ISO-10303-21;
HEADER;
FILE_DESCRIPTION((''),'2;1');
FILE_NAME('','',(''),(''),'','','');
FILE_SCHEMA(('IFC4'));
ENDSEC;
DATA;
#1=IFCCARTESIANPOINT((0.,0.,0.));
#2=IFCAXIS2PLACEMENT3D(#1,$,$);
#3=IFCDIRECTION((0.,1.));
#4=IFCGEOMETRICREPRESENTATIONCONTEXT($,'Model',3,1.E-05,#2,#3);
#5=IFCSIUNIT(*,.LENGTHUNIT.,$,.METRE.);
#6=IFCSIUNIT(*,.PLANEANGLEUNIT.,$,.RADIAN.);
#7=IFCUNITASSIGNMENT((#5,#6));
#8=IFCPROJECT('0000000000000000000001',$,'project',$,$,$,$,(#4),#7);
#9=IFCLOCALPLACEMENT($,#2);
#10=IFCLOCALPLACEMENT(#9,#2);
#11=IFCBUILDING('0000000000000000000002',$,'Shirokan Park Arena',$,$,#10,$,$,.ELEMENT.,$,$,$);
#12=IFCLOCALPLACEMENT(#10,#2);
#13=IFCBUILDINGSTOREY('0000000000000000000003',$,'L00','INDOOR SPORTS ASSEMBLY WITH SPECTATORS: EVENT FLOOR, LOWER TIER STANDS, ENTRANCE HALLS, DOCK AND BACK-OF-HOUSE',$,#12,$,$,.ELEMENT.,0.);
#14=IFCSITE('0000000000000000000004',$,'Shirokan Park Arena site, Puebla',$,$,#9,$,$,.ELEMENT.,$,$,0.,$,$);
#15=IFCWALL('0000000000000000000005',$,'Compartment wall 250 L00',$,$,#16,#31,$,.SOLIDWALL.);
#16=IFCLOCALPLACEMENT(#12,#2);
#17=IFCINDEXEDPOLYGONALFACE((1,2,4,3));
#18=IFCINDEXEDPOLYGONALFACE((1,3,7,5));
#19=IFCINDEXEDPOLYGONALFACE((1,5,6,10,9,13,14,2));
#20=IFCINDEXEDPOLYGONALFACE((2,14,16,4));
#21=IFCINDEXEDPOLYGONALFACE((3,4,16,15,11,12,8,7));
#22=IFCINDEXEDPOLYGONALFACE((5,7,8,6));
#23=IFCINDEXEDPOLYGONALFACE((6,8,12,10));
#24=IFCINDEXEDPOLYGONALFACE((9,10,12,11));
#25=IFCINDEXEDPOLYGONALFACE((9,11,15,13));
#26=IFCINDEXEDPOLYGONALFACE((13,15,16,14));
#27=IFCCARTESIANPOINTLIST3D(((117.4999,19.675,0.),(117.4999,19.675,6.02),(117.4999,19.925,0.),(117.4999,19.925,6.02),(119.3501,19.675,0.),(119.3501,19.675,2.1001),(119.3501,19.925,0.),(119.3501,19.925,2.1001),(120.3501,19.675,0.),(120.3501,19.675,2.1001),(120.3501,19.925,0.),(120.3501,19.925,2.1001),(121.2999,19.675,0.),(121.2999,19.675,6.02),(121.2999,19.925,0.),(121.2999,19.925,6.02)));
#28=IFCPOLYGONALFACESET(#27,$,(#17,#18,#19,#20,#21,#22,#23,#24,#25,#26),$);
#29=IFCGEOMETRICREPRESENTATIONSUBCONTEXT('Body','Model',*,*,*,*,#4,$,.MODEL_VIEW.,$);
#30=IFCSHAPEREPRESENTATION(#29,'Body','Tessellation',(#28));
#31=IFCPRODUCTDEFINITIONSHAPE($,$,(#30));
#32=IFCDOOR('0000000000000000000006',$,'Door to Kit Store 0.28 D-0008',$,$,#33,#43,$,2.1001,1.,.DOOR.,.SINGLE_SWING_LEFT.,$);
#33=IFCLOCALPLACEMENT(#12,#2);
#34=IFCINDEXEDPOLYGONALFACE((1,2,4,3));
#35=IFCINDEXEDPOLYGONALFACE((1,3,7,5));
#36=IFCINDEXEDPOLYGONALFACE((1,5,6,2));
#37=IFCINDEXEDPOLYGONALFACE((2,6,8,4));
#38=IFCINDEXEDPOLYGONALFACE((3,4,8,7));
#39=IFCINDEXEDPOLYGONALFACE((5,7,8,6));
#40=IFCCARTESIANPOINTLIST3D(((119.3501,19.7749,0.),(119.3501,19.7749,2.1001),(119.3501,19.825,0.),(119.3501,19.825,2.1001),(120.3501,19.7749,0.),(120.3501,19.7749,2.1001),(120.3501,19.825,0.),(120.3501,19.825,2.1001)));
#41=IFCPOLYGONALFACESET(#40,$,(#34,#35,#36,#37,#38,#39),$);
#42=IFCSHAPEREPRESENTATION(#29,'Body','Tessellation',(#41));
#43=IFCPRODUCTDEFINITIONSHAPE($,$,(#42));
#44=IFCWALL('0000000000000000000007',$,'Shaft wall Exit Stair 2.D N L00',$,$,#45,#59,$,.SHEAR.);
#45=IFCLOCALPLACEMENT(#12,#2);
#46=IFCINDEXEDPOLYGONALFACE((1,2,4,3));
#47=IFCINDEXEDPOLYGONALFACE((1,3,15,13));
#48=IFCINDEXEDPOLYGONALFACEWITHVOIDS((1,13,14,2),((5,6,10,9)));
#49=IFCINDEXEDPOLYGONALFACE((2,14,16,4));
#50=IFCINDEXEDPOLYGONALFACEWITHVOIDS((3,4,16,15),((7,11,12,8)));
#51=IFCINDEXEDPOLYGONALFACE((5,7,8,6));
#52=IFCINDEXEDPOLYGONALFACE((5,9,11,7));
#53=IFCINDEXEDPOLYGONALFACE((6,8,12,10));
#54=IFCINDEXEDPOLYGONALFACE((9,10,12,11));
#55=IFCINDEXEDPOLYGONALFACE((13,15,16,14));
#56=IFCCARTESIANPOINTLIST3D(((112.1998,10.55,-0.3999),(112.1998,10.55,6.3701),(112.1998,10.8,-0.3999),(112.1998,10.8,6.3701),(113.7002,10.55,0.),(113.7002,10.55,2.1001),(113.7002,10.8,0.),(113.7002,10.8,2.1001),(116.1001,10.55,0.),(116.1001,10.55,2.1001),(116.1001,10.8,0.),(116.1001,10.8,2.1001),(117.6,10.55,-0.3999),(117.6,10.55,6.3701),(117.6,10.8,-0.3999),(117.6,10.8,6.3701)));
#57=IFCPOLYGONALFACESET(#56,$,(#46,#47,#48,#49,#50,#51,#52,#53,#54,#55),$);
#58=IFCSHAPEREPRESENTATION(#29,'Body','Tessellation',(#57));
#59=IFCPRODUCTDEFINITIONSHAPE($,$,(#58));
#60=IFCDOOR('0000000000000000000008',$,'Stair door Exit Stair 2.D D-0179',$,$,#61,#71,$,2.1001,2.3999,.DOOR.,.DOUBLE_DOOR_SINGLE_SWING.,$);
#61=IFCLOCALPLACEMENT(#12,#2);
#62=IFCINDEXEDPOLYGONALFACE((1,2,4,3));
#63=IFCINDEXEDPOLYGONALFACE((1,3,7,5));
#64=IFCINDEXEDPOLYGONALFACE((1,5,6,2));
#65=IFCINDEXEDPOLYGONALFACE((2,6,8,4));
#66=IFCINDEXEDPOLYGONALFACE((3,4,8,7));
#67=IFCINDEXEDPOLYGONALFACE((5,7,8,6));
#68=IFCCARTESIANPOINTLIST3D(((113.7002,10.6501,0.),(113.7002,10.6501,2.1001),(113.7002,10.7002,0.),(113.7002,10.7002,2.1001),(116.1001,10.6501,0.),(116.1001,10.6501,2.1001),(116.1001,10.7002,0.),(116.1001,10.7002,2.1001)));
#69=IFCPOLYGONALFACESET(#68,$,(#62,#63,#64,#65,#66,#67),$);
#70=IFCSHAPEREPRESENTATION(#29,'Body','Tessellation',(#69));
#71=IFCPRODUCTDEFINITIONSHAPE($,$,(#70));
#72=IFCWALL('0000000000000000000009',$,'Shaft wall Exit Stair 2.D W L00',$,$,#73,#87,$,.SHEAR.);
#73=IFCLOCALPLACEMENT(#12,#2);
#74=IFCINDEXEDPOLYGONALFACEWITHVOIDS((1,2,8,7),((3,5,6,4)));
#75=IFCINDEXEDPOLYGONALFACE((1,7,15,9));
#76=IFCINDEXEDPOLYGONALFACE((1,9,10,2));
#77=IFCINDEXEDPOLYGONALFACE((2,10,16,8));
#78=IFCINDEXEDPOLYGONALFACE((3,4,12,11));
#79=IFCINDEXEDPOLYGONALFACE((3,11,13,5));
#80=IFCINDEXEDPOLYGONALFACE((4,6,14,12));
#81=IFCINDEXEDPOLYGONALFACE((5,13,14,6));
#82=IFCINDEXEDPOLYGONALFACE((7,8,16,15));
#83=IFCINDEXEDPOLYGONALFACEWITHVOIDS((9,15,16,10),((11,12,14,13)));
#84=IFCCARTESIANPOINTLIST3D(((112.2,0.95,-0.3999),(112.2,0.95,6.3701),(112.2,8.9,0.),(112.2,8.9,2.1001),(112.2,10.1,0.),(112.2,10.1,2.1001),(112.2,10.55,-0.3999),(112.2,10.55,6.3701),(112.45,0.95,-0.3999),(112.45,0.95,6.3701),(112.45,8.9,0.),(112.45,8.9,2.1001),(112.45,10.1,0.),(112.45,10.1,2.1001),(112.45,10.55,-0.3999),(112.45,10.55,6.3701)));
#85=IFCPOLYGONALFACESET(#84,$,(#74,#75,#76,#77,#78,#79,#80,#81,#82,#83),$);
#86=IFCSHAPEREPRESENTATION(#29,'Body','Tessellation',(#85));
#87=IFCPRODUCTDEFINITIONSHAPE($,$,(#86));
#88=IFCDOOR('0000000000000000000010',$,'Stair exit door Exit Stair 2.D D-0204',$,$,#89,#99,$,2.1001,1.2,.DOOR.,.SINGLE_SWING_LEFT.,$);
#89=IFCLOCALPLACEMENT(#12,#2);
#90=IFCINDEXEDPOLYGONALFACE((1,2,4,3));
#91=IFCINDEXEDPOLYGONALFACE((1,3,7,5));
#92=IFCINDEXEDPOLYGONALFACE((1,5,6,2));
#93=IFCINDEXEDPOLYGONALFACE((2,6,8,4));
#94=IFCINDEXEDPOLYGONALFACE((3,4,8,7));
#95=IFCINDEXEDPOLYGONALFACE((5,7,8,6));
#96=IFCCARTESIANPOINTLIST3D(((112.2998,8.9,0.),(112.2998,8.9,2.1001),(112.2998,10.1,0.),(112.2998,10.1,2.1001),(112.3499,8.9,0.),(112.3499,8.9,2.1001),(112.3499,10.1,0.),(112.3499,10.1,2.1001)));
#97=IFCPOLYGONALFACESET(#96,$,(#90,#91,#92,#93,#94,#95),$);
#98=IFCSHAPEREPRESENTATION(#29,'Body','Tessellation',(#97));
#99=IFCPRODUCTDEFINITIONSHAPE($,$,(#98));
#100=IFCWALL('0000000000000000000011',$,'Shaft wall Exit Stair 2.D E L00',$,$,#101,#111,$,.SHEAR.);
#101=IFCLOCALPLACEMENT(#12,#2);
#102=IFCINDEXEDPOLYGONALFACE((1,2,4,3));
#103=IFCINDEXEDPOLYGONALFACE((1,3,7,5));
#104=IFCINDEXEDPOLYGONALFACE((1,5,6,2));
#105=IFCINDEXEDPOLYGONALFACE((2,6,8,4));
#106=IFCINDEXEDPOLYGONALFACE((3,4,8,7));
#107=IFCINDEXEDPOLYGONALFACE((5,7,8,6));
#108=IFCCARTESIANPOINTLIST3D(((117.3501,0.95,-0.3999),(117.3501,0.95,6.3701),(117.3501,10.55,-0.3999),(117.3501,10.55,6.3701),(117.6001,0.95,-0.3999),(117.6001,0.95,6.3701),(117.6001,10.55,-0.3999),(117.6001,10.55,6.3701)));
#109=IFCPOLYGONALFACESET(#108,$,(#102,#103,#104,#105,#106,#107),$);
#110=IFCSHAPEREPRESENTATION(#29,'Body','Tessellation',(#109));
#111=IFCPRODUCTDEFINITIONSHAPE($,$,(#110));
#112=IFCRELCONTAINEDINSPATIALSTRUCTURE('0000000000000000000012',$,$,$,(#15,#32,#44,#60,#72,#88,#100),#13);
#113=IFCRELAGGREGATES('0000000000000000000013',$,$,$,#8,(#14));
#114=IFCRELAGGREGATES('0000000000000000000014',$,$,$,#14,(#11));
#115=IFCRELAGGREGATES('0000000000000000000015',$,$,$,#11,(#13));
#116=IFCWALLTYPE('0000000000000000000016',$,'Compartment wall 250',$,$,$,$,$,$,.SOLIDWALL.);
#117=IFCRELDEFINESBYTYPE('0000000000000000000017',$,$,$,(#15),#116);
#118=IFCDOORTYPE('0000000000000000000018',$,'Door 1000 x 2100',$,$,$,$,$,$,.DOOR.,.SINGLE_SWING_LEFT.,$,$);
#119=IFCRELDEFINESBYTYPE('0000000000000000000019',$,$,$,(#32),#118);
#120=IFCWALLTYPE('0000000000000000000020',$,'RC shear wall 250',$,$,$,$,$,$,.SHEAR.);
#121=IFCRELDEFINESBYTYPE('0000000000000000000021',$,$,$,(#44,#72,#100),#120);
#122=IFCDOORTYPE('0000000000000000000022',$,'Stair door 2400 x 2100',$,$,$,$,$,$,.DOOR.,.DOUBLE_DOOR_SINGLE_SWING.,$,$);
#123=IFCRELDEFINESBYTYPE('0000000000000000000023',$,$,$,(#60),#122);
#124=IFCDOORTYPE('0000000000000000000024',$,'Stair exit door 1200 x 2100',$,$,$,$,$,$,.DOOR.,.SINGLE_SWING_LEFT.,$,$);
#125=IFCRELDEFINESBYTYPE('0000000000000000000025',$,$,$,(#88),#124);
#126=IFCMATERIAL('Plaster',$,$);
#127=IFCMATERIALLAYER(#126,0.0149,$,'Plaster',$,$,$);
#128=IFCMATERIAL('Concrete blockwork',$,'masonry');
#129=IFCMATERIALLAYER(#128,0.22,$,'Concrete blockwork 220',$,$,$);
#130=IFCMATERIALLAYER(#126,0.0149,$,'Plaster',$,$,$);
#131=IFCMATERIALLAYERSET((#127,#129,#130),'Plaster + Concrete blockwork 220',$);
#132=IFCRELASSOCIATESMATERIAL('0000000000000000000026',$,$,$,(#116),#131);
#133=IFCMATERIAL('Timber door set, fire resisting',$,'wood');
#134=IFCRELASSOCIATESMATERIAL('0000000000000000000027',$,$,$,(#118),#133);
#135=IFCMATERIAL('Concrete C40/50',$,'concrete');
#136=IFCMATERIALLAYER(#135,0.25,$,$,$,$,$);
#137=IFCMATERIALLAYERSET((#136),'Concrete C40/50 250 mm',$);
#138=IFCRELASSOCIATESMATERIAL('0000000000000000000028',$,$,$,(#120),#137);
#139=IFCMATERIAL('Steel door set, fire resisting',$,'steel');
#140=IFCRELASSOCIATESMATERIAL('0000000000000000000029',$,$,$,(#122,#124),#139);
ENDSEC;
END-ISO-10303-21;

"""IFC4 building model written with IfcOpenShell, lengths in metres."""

from ifc_helpers import new_model, si_unit, direction, frame, frame_2d, origin, place, context, subcontext, project, spatial, rectangle, extrude, material, layer, layer_set, type_object, element, fill, save


model = new_model("IFC4")

# Units and contexts
model_context = context("Model", 3, precision=1e-05, world=origin(), true_north=direction((0.0, 1.0)))
body_context = subcontext(model_context, "Body", "Model", "MODEL_VIEW")
ifc_project = project(units=[si_unit("LENGTHUNIT", "METRE"), si_unit("PLANEANGLEUNIT", "RADIAN")], contexts=[model_context])

# Site, building, storey
site_placement = place(None, origin())
site = spatial("IfcSite", under=ifc_project, at=site_placement, Name="Shirokan Park Arena site, Puebla", CompositionType="ELEMENT", RefElevation=0.0)
building_placement = place(site_placement, origin())
building = spatial("IfcBuilding", under=site, at=building_placement, Name="Shirokan Park Arena", CompositionType="ELEMENT")
storey_placement = place(building_placement, origin())
storey = spatial("IfcBuildingStorey", under=building, at=storey_placement, Name="L00", Description="INDOOR SPORTS ASSEMBLY WITH SPECTATORS: EVENT FLOOR, LOWER TIER STANDS, ENTRANCE HALLS, DOCK AND BACK-OF-HOUSE", CompositionType="ELEMENT", Elevation=0.0)

# Wall, opening, door
ifc_material_1 = material(Name="Plaster")
ifc_layer_1 = layer(ifc_material_1, 0.0149, Name="Plaster")
ifc_material_2 = material(Name="Concrete blockwork", Category="masonry")
ifc_layer_2 = layer(ifc_material_2, 0.22, Name="Concrete blockwork 220")
ifc_layer_3 = layer(ifc_material_1, 0.0149, Name="Plaster")
ifc_layer_set_1 = layer_set([ifc_layer_1, ifc_layer_2, ifc_layer_3], Name="Plaster + Concrete blockwork 220")
wall_type_1 = type_object("IfcWallType", Name="Compartment wall 250", PredefinedType="SOLIDWALL", material=ifc_layer_set_1)
wall_1_placement = place(storey_placement, frame((117.5, 19.8, 0.0), z_axis=(0.0, 0.0, 1.0), x_axis=(1.0, 0.0, 0.0)))
wall_1 = element("IfcWall", 1, at=wall_1_placement, inside=storey, type_object=wall_type_1, Name="Compartment wall 250 L00", PredefinedType="SOLIDWALL", context=body_context, shape_type="SweptSolid", body=[
    extrude(rectangle(XDim=3.8, YDim=0.25, at=frame_2d((1.8999, 0.0))), origin(), (0.0, 0.0, 1.0), 6.02),
])
opening_1_placement = place(wall_1_placement, frame((1.8501, 0.0, 0.0)))
opening_1 = element("IfcOpeningElement", 2, at=opening_1_placement, cuts=wall_1, PredefinedType="OPENING", context=body_context, shape_type="SweptSolid", body=[
    extrude(rectangle(XDim=1.0, YDim=2.1001, at=frame_2d((0.5, 1.05))), frame((0.0, 0.135, 0.0), z_axis=(0.0, -1.0, 0.0), x_axis=(1.0, 0.0, 0.0)), (0.0, 0.0, 1.0), 0.27),
])
ifc_material_3 = material(Name="Timber door set, fire resisting", Category="wood")
door_type_1 = type_object("IfcDoorType", Name="Door 1000 x 2100", OperationType="SINGLE_SWING_LEFT", PredefinedType="DOOR", material=ifc_material_3)
door_1_placement = place(opening_1_placement, origin())
door_1 = element("IfcDoor", 3, at=door_1_placement, inside=storey, type_object=door_type_1, Name="Door to Kit Store 0.28 D-0008", OperationType="SINGLE_SWING_LEFT", OverallHeight=2.1001, OverallWidth=1.0, PredefinedType="DOOR", context=body_context, shape_type="SweptSolid", body=[
    extrude(rectangle(XDim=1.0, YDim=2.1001, at=frame_2d((0.5, 1.05))), frame((0.0, 0.0249, 0.0), z_axis=(0.0, -1.0, 0.0), x_axis=(1.0, 0.0, 0.0)), (0.0, 0.0, 1.0), 0.05),
])
fill(opening_1, door_1)

# Walls, openings, doors
ifc_material_4 = material(Name="Concrete C40/50", Category="concrete")
ifc_layer_4 = layer(ifc_material_4, 0.25)
ifc_layer_set_2 = layer_set([ifc_layer_4], Name="Concrete C40/50 250 mm")
wall_type_2 = type_object("IfcWallType", Name="RC shear wall 250", PredefinedType="SHEAR", material=ifc_layer_set_2)
wall_2_placement = place(storey_placement, frame((117.6001, 10.675, -0.3999), z_axis=(0.0, 0.0, 1.0), x_axis=(-1.0, 0.0, 0.0)))
wall_2 = element("IfcWall", 4, at=wall_2_placement, inside=storey, type_object=wall_type_2, Name="Shaft wall Exit Stair 2.D N L00", PredefinedType="SHEAR", context=body_context, shape_type="SweptSolid", body=[
    extrude(rectangle(XDim=5.4001, YDim=0.25, at=frame_2d((2.7002, 0.0))), origin(), (0.0, 0.0, 1.0), 6.77),
])
opening_2_placement = place(wall_2_placement, frame((1.5, 0.0, 0.3999)))
opening_2 = element("IfcOpeningElement", 5, at=opening_2_placement, cuts=wall_2, PredefinedType="OPENING", context=body_context, shape_type="SweptSolid", body=[
    extrude(rectangle(XDim=2.3999, YDim=2.1001, at=frame_2d((1.2, 1.05))), frame((0.0, 0.135, 0.0), z_axis=(0.0, -1.0, 0.0), x_axis=(1.0, 0.0, 0.0)), (0.0, 0.0, 1.0), 0.27),
])
ifc_material_5 = material(Name="Steel door set, fire resisting", Category="steel")
door_type_2 = type_object("IfcDoorType", Name="Stair door 2400 x 2100", OperationType="DOUBLE_DOOR_SINGLE_SWING", PredefinedType="DOOR", material=ifc_material_5)
door_2_placement = place(opening_2_placement, origin())
door_2 = element("IfcDoor", 6, at=door_2_placement, inside=storey, type_object=door_type_2, Name="Stair door Exit Stair 2.D D-0179", OperationType="DOUBLE_DOOR_SINGLE_SWING", OverallHeight=2.1001, OverallWidth=2.3999, PredefinedType="DOOR", context=body_context, shape_type="SweptSolid", body=[
    extrude(rectangle(XDim=2.3999, YDim=2.1001, at=frame_2d((1.2, 1.05))), frame((0.0, 0.0249, 0.0), z_axis=(0.0, -1.0, 0.0), x_axis=(1.0, 0.0, 0.0)), (0.0, 0.0, 1.0), 0.05),
])
fill(opening_2, door_2)
wall_3_placement = place(storey_placement, frame((112.325, 10.55, -0.3999), z_axis=(0.0, 0.0, 1.0), x_axis=(0.0, -1.0, 0.0)))
wall_3 = element("IfcWall", 7, at=wall_3_placement, inside=storey, type_object=wall_type_2, Name="Shaft wall Exit Stair 2.D W L00", PredefinedType="SHEAR", context=body_context, shape_type="SweptSolid", body=[
    extrude(rectangle(XDim=9.6001, YDim=0.25, at=frame_2d((4.8, 0.0))), origin(), (0.0, 0.0, 1.0), 6.77),
])
opening_3_placement = place(wall_3_placement, frame((0.45, 0.0, 0.3999)))
opening_3 = element("IfcOpeningElement", 8, at=opening_3_placement, cuts=wall_3, PredefinedType="OPENING", context=body_context, shape_type="SweptSolid", body=[
    extrude(rectangle(XDim=1.2, YDim=2.1001, at=frame_2d((0.6001, 1.05))), frame((0.0, 0.135, 0.0), z_axis=(0.0, -1.0, 0.0), x_axis=(1.0, 0.0, 0.0)), (0.0, 0.0, 1.0), 0.27),
])
door_type_3 = type_object("IfcDoorType", Name="Stair exit door 1200 x 2100", OperationType="SINGLE_SWING_LEFT", PredefinedType="DOOR", material=ifc_material_5)
door_3_placement = place(opening_3_placement, origin())
door_3 = element("IfcDoor", 9, at=door_3_placement, inside=storey, type_object=door_type_3, Name="Stair exit door Exit Stair 2.D D-0204", OperationType="SINGLE_SWING_LEFT", OverallHeight=2.1001, OverallWidth=1.2, PredefinedType="DOOR", context=body_context, shape_type="SweptSolid", body=[
    extrude(rectangle(XDim=1.2, YDim=2.1001, at=frame_2d((0.6001, 1.05))), frame((0.0, 0.0249, 0.0), z_axis=(0.0, -1.0, 0.0), x_axis=(1.0, 0.0, 0.0)), (0.0, 0.0, 1.0), 0.05),
])
fill(opening_3, door_3)

# Wall
wall_4_placement = place(storey_placement, frame((117.4751, 10.55, -0.3999), z_axis=(0.0, 0.0, 1.0), x_axis=(0.0, -1.0, 0.0)))
element("IfcWall", 10, at=wall_4_placement, inside=storey, type_object=wall_type_2, Name="Shaft wall Exit Stair 2.D E L00", PredefinedType="SHEAR", context=body_context, shape_type="SweptSolid", body=[
    extrude(rectangle(XDim=9.6001, YDim=0.25, at=frame_2d((4.8, 0.0))), origin(), (0.0, 0.0, 1.0), 6.77),
])

save(model, "model.ifc")
